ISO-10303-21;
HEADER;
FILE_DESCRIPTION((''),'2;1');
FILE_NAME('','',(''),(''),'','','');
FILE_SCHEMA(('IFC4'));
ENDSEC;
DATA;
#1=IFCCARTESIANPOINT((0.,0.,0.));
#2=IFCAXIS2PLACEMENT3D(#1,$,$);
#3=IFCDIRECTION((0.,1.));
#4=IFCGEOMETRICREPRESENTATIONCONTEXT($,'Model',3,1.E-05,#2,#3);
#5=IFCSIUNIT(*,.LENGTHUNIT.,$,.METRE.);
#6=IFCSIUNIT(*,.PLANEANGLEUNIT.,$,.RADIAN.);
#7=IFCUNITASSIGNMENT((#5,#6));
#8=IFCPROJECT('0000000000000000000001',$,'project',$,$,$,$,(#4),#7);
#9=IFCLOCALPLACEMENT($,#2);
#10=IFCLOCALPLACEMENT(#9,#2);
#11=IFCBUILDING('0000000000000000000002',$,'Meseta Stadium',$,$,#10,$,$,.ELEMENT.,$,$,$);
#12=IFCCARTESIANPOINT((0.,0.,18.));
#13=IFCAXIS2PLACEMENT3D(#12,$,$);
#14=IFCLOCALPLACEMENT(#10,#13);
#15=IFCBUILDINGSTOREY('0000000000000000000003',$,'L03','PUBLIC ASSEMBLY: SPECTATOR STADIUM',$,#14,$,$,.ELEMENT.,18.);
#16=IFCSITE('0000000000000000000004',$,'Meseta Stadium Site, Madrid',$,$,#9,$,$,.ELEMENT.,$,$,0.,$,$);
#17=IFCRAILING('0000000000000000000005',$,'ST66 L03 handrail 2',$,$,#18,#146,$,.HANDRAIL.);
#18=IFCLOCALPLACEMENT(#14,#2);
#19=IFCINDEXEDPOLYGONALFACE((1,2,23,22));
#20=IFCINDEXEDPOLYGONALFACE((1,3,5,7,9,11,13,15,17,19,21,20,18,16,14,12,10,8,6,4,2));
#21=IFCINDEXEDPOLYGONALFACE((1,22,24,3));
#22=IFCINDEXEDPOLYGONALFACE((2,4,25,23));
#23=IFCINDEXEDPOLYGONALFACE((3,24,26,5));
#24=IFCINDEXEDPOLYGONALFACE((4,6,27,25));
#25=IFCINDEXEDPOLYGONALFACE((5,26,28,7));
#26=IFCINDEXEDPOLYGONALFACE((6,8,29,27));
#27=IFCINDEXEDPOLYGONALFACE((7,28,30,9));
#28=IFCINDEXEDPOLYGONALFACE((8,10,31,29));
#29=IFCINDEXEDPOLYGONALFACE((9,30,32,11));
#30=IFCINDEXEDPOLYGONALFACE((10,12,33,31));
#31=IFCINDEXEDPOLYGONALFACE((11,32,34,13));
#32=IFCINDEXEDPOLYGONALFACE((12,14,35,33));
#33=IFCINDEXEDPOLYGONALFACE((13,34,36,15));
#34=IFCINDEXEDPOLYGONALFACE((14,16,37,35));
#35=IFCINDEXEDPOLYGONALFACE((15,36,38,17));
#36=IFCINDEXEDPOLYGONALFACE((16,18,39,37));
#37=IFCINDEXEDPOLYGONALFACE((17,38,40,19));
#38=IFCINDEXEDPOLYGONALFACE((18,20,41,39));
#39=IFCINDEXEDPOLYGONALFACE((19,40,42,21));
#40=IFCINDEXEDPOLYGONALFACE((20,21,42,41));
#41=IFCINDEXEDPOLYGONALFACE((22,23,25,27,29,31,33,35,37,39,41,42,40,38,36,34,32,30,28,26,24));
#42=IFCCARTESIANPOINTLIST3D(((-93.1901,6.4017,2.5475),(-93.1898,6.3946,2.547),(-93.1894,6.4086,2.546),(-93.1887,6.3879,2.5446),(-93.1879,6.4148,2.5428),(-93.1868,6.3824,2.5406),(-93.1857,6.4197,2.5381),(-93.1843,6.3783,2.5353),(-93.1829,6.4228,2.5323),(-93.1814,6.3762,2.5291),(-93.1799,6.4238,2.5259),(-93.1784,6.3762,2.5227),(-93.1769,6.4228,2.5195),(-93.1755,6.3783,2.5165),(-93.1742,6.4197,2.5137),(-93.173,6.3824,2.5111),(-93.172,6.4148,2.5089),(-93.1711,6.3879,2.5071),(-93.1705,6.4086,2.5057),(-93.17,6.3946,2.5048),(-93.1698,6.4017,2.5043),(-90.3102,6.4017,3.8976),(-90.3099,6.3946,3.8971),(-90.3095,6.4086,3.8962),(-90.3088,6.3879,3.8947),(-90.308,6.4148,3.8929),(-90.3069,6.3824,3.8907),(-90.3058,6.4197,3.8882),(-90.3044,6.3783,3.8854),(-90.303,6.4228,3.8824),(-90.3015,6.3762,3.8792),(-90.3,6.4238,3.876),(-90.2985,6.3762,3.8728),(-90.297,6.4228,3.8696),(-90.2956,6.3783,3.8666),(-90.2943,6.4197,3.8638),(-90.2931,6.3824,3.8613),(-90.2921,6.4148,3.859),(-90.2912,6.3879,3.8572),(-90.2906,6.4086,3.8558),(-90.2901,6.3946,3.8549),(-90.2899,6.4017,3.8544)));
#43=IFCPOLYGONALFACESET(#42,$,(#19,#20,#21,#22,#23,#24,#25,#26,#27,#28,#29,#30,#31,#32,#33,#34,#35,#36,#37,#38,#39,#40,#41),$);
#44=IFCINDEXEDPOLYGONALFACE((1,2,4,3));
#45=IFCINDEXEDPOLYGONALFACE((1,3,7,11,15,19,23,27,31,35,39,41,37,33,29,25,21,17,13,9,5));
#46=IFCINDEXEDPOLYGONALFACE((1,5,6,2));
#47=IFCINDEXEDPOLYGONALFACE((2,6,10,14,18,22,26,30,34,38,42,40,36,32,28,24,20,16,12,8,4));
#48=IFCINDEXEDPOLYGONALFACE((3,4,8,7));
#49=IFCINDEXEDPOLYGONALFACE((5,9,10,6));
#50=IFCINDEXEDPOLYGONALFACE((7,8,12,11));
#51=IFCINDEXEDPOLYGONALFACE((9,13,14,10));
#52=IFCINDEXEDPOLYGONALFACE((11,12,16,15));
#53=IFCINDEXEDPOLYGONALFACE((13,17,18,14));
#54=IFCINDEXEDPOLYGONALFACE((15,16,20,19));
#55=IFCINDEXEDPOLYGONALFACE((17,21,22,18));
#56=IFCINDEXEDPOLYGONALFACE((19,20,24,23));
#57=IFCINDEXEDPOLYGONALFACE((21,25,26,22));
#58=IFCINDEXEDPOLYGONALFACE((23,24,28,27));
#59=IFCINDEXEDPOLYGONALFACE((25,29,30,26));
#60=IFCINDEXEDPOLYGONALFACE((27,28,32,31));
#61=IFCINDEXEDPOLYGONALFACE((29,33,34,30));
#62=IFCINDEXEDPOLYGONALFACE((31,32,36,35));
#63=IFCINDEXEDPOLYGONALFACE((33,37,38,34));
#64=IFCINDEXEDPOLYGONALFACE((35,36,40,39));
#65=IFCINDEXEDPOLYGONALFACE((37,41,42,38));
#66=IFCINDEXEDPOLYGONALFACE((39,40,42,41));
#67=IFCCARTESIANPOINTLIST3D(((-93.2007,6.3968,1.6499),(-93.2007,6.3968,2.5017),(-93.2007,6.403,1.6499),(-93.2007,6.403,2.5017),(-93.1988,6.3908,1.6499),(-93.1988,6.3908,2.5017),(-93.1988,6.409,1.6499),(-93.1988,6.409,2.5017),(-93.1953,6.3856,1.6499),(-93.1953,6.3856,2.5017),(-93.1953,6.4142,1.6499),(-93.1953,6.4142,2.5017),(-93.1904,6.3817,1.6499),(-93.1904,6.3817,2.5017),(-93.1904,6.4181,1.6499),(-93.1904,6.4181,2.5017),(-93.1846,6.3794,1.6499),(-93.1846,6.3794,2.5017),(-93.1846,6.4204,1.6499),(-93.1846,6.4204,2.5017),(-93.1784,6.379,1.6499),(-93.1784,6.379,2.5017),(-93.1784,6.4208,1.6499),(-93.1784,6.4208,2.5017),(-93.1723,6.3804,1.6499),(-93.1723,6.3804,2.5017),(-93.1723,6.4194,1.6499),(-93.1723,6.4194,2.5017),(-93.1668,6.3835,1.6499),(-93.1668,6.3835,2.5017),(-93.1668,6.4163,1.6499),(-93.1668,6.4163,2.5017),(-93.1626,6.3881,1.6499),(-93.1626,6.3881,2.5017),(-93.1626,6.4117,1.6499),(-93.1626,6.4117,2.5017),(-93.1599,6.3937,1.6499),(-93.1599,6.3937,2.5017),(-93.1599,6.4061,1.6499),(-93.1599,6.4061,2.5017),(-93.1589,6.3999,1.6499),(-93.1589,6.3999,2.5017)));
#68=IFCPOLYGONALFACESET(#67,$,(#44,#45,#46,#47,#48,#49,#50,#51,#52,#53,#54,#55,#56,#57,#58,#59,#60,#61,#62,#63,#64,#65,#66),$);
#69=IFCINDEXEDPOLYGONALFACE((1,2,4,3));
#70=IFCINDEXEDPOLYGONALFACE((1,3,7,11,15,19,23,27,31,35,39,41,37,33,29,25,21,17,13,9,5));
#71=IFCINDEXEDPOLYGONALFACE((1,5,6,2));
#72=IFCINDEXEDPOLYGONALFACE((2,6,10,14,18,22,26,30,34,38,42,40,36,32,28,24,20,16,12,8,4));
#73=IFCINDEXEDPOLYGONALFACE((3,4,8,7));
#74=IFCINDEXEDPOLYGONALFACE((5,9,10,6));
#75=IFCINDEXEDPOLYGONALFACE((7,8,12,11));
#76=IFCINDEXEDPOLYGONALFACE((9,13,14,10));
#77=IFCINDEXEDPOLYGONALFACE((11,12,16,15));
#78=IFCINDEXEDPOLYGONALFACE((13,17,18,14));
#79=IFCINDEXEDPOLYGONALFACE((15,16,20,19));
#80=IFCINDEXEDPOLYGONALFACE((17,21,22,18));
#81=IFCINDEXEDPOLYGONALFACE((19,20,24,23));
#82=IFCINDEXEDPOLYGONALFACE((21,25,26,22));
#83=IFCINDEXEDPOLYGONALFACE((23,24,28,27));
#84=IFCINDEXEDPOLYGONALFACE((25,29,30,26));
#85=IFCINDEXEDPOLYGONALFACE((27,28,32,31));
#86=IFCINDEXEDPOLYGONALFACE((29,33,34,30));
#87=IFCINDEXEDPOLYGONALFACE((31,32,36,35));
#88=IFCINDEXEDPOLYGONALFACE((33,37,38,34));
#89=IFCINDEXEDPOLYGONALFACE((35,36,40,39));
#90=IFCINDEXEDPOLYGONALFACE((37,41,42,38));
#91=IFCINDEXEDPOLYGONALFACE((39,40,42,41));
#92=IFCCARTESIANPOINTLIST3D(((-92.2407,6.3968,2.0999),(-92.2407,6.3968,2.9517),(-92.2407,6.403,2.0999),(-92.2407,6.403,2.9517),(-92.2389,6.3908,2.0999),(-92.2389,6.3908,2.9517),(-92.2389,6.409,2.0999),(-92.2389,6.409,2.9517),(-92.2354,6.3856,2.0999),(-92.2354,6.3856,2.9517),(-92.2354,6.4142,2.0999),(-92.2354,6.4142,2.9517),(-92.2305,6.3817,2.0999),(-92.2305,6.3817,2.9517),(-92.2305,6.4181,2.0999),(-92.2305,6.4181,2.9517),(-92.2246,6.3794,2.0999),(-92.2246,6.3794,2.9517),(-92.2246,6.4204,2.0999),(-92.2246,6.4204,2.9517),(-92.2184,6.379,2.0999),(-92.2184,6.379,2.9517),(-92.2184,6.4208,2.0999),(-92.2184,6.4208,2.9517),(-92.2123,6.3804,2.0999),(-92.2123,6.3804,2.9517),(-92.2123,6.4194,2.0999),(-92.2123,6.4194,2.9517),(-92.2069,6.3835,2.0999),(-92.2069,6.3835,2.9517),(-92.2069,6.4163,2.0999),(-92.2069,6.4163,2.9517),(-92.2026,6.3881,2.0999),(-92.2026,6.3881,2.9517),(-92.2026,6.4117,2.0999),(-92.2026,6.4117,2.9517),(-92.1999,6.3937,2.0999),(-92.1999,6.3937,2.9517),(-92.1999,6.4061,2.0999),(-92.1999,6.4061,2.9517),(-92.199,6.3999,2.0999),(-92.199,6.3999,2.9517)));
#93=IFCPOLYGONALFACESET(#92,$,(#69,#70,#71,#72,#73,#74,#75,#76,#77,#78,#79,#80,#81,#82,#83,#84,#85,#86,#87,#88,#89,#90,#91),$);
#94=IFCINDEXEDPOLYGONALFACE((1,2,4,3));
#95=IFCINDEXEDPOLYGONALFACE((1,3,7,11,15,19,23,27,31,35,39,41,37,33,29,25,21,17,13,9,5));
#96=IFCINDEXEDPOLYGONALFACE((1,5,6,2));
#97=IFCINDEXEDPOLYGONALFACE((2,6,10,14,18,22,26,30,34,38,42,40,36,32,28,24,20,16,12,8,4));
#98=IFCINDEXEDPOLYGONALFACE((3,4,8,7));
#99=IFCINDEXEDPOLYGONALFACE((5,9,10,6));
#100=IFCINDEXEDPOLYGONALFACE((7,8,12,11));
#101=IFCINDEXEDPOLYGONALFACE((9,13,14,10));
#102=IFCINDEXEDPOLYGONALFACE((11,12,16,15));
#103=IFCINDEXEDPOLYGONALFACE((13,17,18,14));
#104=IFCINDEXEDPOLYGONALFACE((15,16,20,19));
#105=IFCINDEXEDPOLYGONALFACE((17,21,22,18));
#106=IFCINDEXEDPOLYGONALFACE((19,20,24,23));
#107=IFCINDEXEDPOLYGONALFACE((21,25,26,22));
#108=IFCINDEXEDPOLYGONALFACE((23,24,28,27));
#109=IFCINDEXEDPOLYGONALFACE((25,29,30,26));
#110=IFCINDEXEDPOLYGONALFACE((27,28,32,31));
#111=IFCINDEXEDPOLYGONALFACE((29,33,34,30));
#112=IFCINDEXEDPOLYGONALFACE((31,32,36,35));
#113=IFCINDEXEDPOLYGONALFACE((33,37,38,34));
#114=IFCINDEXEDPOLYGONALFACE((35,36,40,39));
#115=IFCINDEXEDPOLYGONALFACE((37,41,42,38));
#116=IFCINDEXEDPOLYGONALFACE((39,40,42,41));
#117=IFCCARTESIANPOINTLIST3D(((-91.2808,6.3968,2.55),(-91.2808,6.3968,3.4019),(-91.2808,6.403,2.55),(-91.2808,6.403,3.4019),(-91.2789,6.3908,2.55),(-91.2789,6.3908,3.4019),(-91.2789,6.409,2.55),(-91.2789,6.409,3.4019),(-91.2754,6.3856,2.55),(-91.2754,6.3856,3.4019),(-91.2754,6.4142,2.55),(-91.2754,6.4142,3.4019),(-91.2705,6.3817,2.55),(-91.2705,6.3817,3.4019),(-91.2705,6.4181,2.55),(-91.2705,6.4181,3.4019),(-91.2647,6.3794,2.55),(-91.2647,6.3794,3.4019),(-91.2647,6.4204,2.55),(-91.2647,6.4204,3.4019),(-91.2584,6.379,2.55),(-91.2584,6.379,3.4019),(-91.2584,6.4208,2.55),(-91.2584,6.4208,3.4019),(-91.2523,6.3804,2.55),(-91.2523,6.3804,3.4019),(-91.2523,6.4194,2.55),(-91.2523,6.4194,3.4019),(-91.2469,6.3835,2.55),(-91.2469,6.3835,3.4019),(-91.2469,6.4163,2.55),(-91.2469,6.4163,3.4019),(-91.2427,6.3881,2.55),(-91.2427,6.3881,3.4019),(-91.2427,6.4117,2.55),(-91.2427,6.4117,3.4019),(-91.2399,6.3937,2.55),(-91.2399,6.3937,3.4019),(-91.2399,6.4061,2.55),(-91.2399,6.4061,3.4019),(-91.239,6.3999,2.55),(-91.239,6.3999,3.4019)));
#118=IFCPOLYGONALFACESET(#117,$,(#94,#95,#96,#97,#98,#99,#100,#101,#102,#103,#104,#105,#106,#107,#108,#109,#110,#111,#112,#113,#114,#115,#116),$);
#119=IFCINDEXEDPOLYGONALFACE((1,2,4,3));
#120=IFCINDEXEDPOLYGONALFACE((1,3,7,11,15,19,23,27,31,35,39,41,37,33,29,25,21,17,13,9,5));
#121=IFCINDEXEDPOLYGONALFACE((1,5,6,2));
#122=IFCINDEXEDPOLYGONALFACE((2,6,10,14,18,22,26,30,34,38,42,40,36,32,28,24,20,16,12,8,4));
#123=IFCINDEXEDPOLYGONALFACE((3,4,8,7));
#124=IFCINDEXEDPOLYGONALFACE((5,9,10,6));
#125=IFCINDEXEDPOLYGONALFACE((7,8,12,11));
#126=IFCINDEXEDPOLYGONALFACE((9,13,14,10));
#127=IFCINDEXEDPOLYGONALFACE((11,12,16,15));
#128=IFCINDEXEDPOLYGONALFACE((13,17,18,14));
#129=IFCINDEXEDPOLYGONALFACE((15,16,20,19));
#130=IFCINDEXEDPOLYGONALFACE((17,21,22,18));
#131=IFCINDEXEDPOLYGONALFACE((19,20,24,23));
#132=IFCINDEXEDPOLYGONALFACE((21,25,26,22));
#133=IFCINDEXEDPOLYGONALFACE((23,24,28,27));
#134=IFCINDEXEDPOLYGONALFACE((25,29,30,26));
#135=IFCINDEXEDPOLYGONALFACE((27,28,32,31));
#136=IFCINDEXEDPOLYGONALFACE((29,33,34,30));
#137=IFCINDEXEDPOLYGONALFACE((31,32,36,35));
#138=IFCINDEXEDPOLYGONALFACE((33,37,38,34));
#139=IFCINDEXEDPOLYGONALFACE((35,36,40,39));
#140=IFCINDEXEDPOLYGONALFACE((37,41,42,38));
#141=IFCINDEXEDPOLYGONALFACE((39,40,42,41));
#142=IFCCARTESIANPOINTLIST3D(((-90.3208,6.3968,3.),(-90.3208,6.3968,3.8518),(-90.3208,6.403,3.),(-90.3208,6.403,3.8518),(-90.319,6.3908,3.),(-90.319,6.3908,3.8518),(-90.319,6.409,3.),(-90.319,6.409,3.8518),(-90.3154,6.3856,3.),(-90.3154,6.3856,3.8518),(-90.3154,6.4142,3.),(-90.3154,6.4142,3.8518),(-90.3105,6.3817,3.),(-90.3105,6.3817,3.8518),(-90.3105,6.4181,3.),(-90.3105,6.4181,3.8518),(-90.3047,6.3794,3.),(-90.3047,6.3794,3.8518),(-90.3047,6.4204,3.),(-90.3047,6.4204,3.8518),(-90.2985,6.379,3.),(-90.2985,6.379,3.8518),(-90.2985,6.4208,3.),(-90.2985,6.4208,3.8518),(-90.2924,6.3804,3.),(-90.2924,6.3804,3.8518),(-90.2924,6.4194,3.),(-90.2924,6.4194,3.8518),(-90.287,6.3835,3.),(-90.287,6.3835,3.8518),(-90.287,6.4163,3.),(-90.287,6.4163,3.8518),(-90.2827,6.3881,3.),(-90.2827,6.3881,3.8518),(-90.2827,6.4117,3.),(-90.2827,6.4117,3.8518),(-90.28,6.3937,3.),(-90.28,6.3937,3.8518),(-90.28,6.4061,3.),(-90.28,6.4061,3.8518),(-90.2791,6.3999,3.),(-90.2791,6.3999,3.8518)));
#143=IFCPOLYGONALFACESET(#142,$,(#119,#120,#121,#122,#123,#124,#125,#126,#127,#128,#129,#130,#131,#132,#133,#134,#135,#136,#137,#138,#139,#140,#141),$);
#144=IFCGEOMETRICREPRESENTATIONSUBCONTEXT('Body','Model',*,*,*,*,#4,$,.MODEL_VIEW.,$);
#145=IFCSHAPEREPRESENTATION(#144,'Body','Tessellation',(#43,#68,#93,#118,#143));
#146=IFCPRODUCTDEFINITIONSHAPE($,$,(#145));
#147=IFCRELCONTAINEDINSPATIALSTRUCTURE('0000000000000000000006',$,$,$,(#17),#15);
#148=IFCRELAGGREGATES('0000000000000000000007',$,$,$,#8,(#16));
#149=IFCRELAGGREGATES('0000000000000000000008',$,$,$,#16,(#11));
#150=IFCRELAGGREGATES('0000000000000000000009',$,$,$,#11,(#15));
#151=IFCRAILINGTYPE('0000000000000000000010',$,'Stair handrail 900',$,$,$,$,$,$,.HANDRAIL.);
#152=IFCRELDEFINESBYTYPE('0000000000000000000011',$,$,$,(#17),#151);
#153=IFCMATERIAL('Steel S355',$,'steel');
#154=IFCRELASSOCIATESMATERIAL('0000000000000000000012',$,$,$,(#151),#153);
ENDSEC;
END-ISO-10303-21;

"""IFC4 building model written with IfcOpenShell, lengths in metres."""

from ifc_helpers import new_model, si_unit, direction, frame, origin, origin_2d, place, context, subcontext, project, spatial, circle, extrude, material, type_object, element, save


model = new_model("IFC4")

# Units and contexts
model_context = context("Model", 3, precision=1e-05, world=origin(), true_north=direction((0.0, 1.0)))
body_context = subcontext(model_context, "Body", "Model", "MODEL_VIEW")
ifc_project = project(units=[si_unit("LENGTHUNIT", "METRE"), si_unit("PLANEANGLEUNIT", "RADIAN")], contexts=[model_context])

# Site, building, storey
site_placement = place(None, origin())
site = spatial("IfcSite", under=ifc_project, at=site_placement, Name="Meseta Stadium Site, Madrid", CompositionType="ELEMENT", RefElevation=0.0)
building_placement = place(site_placement, origin())
building = spatial("IfcBuilding", under=site, at=building_placement, Name="Meseta Stadium", CompositionType="ELEMENT")
storey_placement = place(building_placement, frame((0.0, 0.0, 18.0)))
storey = spatial("IfcBuildingStorey", under=building, at=storey_placement, Name="L03", Description="PUBLIC ASSEMBLY: SPECTATOR STADIUM", CompositionType="ELEMENT", Elevation=18.0)

# Railing
ifc_material_1 = material(Name="Steel S355", Category="steel")
railing_type_1 = type_object("IfcRailingType", Name="Stair handrail 900", PredefinedType="HANDRAIL", material=ifc_material_1)
for number, where, name in (
    (1, (-93.1799, 6.3999, 1.6499), "ST66 L03 handrail 2"),
):
    element("IfcRailing", number, at=place(storey_placement, frame(where)), inside=storey, type_object=railing_type_1, Name=name, PredefinedType="HANDRAIL", context=body_context, shape_type="SweptSolid", body=[
        extrude(circle(Radius=0.0239, at=origin_2d()), frame((0.0, 0.0, 0.876), z_axis=(0.90544, 0.0, 0.424473), x_axis=(0.0, 1.0, 0.0)), (0.0, 0.0, 1.0), 3.1807),
        extrude(circle(Radius=0.021, at=origin_2d()), origin(), (0.0, 0.0, 1.0), 0.8518),
        extrude(circle(Radius=0.021, at=origin_2d()), frame((0.96, 0.0, 0.45)), (0.0, 0.0, 1.0), 0.8518),
        extrude(circle(Radius=0.021, at=origin_2d()), frame((1.9199, 0.0, 0.9001)), (0.0, 0.0, 1.0), 0.8518),
        extrude(circle(Radius=0.021, at=origin_2d()), frame((2.8799, 0.0, 1.3501)), (0.0, 0.0, 1.0), 0.8518),
    ])

save(model, "model.ifc")
